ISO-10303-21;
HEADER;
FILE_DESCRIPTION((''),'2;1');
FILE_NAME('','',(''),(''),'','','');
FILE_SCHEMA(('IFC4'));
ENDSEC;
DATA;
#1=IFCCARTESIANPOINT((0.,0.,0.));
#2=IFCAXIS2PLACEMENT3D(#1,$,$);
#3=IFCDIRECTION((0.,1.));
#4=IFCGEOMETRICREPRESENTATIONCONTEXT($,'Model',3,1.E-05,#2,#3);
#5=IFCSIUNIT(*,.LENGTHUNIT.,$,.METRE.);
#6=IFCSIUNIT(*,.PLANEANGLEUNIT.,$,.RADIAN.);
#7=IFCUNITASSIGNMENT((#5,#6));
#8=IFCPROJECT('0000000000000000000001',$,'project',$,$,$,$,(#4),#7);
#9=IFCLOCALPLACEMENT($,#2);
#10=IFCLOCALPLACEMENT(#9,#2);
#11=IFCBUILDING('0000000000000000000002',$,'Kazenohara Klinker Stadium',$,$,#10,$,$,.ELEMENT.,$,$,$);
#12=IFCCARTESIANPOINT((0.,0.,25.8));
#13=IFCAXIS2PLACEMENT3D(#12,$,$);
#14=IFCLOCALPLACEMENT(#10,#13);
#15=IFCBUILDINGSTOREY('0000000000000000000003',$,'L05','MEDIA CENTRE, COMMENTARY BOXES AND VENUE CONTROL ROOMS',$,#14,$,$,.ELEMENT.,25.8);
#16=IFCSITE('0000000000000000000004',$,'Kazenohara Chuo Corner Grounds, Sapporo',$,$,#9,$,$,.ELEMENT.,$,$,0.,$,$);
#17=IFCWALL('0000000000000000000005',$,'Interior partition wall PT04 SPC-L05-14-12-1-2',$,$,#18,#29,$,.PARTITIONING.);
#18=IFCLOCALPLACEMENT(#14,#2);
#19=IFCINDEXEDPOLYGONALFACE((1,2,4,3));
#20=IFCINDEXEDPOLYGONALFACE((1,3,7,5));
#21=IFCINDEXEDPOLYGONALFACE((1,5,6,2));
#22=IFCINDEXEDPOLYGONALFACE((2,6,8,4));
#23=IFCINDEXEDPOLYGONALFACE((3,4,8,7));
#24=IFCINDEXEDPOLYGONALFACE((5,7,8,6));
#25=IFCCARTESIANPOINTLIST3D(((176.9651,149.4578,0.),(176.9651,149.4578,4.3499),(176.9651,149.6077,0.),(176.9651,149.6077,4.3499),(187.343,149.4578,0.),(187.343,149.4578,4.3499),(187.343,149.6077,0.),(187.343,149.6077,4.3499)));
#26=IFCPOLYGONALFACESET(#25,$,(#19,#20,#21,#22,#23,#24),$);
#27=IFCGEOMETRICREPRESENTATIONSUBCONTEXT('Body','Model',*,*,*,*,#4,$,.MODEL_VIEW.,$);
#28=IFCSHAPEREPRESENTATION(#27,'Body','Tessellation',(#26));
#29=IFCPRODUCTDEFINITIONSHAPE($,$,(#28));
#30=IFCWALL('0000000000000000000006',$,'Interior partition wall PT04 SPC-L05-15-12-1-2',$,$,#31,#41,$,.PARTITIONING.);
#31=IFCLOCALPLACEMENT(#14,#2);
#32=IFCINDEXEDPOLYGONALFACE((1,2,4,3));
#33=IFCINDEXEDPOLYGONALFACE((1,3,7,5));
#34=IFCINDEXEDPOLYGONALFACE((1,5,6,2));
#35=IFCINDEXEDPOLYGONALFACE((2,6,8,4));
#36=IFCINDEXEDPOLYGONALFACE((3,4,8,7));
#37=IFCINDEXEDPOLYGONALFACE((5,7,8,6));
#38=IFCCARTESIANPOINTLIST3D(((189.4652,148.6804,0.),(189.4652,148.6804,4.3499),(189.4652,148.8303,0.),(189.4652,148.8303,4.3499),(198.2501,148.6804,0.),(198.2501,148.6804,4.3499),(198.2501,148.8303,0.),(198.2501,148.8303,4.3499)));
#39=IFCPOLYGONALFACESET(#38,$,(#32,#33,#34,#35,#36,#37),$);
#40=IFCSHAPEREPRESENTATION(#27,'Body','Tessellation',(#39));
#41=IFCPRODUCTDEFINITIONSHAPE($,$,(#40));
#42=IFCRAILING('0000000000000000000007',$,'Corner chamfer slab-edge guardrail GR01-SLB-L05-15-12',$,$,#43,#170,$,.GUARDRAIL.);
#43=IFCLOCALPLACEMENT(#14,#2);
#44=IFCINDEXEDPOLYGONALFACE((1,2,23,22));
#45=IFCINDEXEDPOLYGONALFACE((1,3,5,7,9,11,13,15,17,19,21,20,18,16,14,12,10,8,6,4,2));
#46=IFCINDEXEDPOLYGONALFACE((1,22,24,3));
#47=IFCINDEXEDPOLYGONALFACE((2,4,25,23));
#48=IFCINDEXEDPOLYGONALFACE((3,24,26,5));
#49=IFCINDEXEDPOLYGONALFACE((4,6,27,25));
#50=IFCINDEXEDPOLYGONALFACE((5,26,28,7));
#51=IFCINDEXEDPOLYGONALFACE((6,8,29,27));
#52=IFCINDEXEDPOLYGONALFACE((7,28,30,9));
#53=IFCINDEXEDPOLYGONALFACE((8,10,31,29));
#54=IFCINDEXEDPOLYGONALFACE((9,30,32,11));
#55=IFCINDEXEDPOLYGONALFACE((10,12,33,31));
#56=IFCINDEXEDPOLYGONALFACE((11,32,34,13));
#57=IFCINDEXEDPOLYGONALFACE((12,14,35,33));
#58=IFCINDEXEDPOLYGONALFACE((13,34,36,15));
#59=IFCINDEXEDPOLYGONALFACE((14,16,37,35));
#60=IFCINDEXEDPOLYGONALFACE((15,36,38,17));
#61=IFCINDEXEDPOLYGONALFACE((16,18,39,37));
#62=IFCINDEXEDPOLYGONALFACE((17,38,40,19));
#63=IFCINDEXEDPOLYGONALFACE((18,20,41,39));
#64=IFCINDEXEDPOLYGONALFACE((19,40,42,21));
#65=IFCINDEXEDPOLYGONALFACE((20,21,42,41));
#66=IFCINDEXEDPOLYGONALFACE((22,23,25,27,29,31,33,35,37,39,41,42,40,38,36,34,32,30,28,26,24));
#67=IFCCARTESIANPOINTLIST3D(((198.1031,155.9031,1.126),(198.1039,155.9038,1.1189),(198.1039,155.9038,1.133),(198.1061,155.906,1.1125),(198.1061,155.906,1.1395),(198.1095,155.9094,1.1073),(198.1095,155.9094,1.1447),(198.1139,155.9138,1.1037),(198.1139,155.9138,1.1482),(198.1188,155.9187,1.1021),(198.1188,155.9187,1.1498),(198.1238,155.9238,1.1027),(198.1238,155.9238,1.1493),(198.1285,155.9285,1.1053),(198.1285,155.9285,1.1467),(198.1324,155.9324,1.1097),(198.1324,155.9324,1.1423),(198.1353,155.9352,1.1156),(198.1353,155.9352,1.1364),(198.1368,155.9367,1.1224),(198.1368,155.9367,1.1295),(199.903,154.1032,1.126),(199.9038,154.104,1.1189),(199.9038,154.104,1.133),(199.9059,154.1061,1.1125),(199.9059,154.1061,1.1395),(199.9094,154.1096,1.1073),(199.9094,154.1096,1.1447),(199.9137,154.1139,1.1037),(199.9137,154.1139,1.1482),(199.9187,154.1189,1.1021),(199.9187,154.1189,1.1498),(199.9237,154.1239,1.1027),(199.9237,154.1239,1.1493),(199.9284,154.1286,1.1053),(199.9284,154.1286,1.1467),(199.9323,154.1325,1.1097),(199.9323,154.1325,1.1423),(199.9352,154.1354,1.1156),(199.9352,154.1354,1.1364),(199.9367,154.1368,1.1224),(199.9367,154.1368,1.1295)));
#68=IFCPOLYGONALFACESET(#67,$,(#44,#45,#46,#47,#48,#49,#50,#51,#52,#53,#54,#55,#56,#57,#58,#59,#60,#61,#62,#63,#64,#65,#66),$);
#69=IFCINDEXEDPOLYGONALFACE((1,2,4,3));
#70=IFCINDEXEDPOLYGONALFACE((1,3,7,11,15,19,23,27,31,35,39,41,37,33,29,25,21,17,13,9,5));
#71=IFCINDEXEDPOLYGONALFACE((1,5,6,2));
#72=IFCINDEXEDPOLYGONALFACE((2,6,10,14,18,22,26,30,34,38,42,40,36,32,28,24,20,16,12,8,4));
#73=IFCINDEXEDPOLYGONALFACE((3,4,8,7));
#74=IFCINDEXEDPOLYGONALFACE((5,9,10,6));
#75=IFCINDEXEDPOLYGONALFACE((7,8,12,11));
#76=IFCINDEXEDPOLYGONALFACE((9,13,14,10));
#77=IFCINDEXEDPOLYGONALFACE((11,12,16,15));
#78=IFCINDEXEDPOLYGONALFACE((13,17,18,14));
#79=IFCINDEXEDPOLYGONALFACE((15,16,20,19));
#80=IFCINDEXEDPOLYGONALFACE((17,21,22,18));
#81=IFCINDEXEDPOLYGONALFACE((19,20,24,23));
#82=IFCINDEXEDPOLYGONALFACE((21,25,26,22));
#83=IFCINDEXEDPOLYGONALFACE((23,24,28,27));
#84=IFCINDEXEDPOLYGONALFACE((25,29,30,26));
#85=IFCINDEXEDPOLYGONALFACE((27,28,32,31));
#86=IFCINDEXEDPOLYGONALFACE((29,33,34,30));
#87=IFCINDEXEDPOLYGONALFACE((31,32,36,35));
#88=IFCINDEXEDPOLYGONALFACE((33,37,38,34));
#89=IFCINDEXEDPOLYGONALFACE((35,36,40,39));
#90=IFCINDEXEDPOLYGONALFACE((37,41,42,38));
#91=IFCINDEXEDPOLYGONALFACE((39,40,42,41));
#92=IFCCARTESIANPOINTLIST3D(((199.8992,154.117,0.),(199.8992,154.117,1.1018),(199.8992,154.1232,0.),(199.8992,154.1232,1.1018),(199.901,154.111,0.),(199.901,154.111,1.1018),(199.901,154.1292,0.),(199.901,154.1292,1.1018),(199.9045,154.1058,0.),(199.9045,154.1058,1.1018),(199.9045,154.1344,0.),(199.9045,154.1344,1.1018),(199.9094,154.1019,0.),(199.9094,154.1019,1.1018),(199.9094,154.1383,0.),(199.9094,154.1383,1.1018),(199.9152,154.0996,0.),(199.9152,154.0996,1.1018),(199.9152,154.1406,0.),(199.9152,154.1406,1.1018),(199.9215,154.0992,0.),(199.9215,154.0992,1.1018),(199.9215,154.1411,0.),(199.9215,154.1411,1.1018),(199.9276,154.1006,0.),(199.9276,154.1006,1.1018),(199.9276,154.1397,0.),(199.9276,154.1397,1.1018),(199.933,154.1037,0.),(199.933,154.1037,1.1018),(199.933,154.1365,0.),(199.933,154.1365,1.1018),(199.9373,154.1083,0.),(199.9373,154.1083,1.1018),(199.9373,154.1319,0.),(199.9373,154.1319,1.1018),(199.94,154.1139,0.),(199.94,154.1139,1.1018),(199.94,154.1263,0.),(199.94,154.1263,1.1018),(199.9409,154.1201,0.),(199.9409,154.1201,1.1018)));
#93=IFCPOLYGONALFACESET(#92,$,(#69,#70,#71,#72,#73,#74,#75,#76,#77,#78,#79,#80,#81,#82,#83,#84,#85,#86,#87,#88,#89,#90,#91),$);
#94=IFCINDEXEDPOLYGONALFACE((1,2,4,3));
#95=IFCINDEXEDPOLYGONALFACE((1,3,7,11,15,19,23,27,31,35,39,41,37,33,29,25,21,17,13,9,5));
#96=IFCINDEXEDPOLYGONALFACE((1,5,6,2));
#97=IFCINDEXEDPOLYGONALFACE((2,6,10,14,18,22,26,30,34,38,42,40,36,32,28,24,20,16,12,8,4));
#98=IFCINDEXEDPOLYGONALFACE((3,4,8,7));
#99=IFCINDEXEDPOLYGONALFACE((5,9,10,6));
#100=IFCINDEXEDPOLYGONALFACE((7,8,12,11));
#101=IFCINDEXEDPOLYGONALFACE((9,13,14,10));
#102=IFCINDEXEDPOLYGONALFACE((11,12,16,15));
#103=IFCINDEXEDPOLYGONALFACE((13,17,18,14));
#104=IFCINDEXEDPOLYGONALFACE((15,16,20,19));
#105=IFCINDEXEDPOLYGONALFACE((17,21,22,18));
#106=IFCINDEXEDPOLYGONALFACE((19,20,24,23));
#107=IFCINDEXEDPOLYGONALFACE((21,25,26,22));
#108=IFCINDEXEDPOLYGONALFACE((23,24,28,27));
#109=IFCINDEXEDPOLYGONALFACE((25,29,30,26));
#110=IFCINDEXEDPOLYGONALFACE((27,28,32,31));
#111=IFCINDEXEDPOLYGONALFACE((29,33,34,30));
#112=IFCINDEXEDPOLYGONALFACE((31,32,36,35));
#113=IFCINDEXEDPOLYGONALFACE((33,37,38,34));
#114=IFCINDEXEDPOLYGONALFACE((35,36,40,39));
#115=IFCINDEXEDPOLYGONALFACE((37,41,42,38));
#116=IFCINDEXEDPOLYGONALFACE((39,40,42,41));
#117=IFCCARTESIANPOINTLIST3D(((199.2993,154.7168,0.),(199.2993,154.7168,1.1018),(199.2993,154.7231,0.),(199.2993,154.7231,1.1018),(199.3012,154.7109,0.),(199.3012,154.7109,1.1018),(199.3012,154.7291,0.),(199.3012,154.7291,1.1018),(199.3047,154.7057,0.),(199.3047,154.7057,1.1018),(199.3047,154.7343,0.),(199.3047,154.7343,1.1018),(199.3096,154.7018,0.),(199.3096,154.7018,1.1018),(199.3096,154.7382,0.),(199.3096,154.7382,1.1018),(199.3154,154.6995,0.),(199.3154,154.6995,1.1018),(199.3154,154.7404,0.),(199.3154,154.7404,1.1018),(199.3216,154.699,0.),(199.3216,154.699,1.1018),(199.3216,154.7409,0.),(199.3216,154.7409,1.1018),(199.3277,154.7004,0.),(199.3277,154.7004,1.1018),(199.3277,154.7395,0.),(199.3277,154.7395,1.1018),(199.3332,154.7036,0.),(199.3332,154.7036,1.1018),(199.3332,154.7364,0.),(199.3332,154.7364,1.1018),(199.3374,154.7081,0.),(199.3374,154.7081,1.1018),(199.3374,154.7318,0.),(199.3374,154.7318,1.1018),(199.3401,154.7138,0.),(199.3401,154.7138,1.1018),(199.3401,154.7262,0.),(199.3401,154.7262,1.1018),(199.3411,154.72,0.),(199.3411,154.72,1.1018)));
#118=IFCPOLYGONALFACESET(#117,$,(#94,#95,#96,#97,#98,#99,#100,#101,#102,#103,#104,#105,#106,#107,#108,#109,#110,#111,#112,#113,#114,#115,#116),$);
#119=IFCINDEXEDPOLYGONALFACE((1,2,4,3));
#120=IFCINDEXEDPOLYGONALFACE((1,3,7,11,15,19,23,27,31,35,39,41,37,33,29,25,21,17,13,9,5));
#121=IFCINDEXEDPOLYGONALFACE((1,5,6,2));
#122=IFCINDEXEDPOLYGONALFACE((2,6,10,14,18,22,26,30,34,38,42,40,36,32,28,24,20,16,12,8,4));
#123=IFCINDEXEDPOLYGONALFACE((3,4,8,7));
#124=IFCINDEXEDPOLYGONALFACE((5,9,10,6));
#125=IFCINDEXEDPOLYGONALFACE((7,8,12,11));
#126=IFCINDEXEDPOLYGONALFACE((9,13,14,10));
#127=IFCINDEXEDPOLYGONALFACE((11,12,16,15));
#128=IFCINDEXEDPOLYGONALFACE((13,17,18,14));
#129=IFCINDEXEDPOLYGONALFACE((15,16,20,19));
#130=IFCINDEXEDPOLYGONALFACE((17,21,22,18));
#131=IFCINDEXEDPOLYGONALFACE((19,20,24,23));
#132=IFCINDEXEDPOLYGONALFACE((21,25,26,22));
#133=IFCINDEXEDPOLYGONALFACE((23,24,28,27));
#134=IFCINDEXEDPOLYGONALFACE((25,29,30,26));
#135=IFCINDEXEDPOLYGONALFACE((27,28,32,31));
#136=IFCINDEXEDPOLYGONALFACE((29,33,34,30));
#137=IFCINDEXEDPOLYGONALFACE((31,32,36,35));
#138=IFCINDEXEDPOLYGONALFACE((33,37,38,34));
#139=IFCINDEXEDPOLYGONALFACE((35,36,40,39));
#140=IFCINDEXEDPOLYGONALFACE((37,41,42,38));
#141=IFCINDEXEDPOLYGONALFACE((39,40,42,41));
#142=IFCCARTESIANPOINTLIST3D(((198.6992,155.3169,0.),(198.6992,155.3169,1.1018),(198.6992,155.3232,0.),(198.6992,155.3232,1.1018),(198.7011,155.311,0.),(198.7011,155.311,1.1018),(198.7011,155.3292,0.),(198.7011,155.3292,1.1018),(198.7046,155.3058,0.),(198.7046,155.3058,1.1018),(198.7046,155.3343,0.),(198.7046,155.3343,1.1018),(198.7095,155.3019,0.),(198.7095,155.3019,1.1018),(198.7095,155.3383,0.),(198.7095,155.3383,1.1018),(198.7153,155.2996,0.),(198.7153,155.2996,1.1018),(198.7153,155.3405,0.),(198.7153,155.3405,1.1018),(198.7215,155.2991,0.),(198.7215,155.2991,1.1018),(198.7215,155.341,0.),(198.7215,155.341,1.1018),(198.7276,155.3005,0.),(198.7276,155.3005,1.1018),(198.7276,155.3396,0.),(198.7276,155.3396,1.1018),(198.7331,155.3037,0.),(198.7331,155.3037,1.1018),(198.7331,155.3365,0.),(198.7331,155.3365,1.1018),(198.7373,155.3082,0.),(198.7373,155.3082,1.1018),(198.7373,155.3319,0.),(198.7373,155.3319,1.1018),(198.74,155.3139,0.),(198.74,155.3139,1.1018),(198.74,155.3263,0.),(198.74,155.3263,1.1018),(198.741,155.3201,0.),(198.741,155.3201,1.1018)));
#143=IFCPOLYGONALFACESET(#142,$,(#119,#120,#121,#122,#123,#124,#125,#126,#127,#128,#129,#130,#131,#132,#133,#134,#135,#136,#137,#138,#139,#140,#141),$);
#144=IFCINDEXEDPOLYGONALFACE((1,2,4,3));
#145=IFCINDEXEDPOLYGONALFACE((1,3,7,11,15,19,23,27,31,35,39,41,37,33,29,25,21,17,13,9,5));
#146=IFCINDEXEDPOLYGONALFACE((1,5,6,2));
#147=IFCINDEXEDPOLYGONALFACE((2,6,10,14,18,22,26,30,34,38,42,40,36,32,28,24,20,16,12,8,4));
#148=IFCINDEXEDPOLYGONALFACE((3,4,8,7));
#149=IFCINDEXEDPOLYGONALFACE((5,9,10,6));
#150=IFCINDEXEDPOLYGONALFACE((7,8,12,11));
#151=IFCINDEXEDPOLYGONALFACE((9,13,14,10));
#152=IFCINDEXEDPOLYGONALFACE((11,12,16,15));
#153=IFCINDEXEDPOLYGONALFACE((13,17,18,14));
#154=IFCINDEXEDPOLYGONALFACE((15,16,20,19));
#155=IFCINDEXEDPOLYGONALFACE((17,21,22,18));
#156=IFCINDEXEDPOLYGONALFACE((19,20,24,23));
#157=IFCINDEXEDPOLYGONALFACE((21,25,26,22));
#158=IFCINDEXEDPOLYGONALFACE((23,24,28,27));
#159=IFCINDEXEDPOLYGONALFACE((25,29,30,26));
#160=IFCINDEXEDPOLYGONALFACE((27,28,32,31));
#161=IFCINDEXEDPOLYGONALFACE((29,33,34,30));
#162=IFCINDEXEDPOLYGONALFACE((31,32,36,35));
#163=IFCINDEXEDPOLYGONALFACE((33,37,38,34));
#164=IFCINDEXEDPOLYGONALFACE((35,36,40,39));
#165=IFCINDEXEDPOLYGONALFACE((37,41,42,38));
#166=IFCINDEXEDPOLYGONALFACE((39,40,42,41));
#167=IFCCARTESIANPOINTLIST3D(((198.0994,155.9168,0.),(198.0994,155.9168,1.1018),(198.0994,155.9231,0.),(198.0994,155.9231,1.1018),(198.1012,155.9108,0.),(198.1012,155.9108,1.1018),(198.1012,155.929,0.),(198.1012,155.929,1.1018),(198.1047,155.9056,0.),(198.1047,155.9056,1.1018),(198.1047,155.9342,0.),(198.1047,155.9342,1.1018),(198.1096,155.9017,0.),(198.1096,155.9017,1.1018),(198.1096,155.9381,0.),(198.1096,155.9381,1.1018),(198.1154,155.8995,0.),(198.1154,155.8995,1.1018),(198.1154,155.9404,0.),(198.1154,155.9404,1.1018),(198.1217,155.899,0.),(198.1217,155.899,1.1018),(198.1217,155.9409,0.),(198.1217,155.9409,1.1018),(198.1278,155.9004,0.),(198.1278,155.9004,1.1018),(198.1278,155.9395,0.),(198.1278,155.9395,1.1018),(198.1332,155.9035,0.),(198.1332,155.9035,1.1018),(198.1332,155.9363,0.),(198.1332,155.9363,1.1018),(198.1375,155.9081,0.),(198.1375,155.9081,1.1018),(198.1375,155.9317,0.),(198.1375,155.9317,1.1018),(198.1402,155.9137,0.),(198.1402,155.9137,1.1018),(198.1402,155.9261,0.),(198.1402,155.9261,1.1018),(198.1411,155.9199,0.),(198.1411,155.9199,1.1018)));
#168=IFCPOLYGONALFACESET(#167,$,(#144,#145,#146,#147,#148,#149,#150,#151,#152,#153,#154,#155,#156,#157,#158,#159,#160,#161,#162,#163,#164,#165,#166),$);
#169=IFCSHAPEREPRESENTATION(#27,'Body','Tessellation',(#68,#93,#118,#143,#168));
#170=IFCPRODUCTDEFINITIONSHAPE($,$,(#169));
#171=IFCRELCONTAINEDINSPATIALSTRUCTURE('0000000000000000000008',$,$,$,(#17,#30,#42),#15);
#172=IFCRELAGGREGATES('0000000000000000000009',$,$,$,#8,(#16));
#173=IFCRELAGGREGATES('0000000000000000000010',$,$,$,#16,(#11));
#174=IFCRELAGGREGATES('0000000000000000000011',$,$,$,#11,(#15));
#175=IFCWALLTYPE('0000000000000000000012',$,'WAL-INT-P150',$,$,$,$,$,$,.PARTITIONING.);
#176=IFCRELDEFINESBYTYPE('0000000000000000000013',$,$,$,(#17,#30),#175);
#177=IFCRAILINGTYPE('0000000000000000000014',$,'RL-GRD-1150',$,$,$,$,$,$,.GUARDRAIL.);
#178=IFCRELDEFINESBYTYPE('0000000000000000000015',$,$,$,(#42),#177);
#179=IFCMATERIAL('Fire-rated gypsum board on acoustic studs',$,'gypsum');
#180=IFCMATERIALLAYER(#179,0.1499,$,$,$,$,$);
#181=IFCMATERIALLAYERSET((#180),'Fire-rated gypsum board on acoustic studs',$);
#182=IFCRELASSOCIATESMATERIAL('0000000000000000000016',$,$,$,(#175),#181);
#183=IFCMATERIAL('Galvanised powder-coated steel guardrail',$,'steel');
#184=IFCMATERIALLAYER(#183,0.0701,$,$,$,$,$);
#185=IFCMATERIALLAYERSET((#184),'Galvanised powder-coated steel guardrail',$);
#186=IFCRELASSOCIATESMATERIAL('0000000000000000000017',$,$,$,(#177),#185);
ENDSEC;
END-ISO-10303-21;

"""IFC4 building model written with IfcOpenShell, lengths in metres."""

from ifc_helpers import new_model, si_unit, direction, frame, frame_2d, origin, origin_2d, place, context, subcontext, project, spatial, rectangle, circle, extrude, material, layer, layer_set, type_object, element, save


model = new_model("IFC4")

# Units and contexts
model_context = context("Model", 3, precision=1e-05, world=origin(), true_north=direction((0.0, 1.0)))
body_context = subcontext(model_context, "Body", "Model", "MODEL_VIEW")
ifc_project = project(units=[si_unit("LENGTHUNIT", "METRE"), si_unit("PLANEANGLEUNIT", "RADIAN")], contexts=[model_context])

# Site, building, storey
site_placement = place(None, origin())
site = spatial("IfcSite", under=ifc_project, at=site_placement, Name="Kazenohara Chuo Corner Grounds, Sapporo", CompositionType="ELEMENT", RefElevation=0.0)
building_placement = place(site_placement, origin())
building = spatial("IfcBuilding", under=site, at=building_placement, Name="Kazenohara Klinker Stadium", CompositionType="ELEMENT")
storey_placement = place(building_placement, frame((0.0, 0.0, 25.8)))
storey = spatial("IfcBuildingStorey", under=building, at=storey_placement, Name="L05", Description="MEDIA CENTRE, COMMENTARY BOXES AND VENUE CONTROL ROOMS", CompositionType="ELEMENT", Elevation=25.8)

# Shared definitions
ifc_material_1 = material(Name="Fire-rated gypsum board on acoustic studs", Category="gypsum")

# Walls
ifc_layer_1 = layer(ifc_material_1, 0.1499)
ifc_layer_set_1 = layer_set([ifc_layer_1], Name="Fire-rated gypsum board on acoustic studs")
wall_type_1 = type_object("IfcWallType", Name="WAL-INT-P150", PredefinedType="PARTITIONING", material=ifc_layer_set_1)
wall_1_placement = place(storey_placement, frame((176.9651, 149.5327, 0.0), z_axis=(0.0, 0.0, 1.0), x_axis=(1.0, 0.0, 0.0)))
element("IfcWall", 1, at=wall_1_placement, inside=storey, type_object=wall_type_1, Name="Interior partition wall PT04 SPC-L05-14-12-1-2", PredefinedType="PARTITIONING", context=body_context, shape_type="SweptSolid", body=[
    extrude(rectangle(XDim=10.3779, YDim=0.1499, at=frame_2d((5.189, 0.0))), origin(), (0.0, 0.0, 1.0), 4.3499),
])
wall_2_placement = place(storey_placement, frame((189.4651, 148.7554, 0.0), z_axis=(0.0, 0.0, 1.0), x_axis=(1.0, 0.0, 0.0)))
element("IfcWall", 2, at=wall_2_placement, inside=storey, type_object=wall_type_1, Name="Interior partition wall PT04 SPC-L05-15-12-1-2", PredefinedType="PARTITIONING", context=body_context, shape_type="SweptSolid", body=[
    extrude(rectangle(XDim=8.7849, YDim=0.1499, at=frame_2d((4.3926, 0.0))), origin(), (0.0, 0.0, 1.0), 4.3499),
])

# Railing
ifc_material_2 = material(Name="Galvanised powder-coated steel guardrail", Category="steel")
ifc_layer_2 = layer(ifc_material_2, 0.0701)
ifc_layer_set_2 = layer_set([ifc_layer_2], Name="Galvanised powder-coated steel guardrail")
railing_type = type_object("IfcRailingType", Name="RL-GRD-1150", PredefinedType="GUARDRAIL", material=ifc_layer_set_2)
railing_placement = place(storey_placement, frame((199.9199, 154.1201, 0.0)))
element("IfcRailing", 3, at=railing_placement, inside=storey, type_object=railing_type, Name="Corner chamfer slab-edge guardrail GR01-SLB-L05-15-12", PredefinedType="GUARDRAIL", context=body_context, shape_type="SweptSolid", body=[
    extrude(circle(Radius=0.0239, at=origin_2d()), frame((0.0, 0.0, 1.126), z_axis=(-0.707107, 0.707107, 0.0), x_axis=(-0.707107, -0.707107, 0.0)), (0.0, 0.0, 1.0), 2.5454),
    extrude(circle(Radius=0.021, at=origin_2d()), origin(), (0.0, 0.0, 1.0), 1.1018),
    extrude(circle(Radius=0.021, at=origin_2d()), frame((-0.5999, 0.5999, 0.0)), (0.0, 0.0, 1.0), 1.1018),
    extrude(circle(Radius=0.021, at=origin_2d()), frame((-1.2, 1.2, 0.0)), (0.0, 0.0, 1.0), 1.1018),
    extrude(circle(Radius=0.021, at=origin_2d()), frame((-1.7998, 1.7998, 0.0)), (0.0, 0.0, 1.0), 1.1018),
])

save(model, "model.ifc")
